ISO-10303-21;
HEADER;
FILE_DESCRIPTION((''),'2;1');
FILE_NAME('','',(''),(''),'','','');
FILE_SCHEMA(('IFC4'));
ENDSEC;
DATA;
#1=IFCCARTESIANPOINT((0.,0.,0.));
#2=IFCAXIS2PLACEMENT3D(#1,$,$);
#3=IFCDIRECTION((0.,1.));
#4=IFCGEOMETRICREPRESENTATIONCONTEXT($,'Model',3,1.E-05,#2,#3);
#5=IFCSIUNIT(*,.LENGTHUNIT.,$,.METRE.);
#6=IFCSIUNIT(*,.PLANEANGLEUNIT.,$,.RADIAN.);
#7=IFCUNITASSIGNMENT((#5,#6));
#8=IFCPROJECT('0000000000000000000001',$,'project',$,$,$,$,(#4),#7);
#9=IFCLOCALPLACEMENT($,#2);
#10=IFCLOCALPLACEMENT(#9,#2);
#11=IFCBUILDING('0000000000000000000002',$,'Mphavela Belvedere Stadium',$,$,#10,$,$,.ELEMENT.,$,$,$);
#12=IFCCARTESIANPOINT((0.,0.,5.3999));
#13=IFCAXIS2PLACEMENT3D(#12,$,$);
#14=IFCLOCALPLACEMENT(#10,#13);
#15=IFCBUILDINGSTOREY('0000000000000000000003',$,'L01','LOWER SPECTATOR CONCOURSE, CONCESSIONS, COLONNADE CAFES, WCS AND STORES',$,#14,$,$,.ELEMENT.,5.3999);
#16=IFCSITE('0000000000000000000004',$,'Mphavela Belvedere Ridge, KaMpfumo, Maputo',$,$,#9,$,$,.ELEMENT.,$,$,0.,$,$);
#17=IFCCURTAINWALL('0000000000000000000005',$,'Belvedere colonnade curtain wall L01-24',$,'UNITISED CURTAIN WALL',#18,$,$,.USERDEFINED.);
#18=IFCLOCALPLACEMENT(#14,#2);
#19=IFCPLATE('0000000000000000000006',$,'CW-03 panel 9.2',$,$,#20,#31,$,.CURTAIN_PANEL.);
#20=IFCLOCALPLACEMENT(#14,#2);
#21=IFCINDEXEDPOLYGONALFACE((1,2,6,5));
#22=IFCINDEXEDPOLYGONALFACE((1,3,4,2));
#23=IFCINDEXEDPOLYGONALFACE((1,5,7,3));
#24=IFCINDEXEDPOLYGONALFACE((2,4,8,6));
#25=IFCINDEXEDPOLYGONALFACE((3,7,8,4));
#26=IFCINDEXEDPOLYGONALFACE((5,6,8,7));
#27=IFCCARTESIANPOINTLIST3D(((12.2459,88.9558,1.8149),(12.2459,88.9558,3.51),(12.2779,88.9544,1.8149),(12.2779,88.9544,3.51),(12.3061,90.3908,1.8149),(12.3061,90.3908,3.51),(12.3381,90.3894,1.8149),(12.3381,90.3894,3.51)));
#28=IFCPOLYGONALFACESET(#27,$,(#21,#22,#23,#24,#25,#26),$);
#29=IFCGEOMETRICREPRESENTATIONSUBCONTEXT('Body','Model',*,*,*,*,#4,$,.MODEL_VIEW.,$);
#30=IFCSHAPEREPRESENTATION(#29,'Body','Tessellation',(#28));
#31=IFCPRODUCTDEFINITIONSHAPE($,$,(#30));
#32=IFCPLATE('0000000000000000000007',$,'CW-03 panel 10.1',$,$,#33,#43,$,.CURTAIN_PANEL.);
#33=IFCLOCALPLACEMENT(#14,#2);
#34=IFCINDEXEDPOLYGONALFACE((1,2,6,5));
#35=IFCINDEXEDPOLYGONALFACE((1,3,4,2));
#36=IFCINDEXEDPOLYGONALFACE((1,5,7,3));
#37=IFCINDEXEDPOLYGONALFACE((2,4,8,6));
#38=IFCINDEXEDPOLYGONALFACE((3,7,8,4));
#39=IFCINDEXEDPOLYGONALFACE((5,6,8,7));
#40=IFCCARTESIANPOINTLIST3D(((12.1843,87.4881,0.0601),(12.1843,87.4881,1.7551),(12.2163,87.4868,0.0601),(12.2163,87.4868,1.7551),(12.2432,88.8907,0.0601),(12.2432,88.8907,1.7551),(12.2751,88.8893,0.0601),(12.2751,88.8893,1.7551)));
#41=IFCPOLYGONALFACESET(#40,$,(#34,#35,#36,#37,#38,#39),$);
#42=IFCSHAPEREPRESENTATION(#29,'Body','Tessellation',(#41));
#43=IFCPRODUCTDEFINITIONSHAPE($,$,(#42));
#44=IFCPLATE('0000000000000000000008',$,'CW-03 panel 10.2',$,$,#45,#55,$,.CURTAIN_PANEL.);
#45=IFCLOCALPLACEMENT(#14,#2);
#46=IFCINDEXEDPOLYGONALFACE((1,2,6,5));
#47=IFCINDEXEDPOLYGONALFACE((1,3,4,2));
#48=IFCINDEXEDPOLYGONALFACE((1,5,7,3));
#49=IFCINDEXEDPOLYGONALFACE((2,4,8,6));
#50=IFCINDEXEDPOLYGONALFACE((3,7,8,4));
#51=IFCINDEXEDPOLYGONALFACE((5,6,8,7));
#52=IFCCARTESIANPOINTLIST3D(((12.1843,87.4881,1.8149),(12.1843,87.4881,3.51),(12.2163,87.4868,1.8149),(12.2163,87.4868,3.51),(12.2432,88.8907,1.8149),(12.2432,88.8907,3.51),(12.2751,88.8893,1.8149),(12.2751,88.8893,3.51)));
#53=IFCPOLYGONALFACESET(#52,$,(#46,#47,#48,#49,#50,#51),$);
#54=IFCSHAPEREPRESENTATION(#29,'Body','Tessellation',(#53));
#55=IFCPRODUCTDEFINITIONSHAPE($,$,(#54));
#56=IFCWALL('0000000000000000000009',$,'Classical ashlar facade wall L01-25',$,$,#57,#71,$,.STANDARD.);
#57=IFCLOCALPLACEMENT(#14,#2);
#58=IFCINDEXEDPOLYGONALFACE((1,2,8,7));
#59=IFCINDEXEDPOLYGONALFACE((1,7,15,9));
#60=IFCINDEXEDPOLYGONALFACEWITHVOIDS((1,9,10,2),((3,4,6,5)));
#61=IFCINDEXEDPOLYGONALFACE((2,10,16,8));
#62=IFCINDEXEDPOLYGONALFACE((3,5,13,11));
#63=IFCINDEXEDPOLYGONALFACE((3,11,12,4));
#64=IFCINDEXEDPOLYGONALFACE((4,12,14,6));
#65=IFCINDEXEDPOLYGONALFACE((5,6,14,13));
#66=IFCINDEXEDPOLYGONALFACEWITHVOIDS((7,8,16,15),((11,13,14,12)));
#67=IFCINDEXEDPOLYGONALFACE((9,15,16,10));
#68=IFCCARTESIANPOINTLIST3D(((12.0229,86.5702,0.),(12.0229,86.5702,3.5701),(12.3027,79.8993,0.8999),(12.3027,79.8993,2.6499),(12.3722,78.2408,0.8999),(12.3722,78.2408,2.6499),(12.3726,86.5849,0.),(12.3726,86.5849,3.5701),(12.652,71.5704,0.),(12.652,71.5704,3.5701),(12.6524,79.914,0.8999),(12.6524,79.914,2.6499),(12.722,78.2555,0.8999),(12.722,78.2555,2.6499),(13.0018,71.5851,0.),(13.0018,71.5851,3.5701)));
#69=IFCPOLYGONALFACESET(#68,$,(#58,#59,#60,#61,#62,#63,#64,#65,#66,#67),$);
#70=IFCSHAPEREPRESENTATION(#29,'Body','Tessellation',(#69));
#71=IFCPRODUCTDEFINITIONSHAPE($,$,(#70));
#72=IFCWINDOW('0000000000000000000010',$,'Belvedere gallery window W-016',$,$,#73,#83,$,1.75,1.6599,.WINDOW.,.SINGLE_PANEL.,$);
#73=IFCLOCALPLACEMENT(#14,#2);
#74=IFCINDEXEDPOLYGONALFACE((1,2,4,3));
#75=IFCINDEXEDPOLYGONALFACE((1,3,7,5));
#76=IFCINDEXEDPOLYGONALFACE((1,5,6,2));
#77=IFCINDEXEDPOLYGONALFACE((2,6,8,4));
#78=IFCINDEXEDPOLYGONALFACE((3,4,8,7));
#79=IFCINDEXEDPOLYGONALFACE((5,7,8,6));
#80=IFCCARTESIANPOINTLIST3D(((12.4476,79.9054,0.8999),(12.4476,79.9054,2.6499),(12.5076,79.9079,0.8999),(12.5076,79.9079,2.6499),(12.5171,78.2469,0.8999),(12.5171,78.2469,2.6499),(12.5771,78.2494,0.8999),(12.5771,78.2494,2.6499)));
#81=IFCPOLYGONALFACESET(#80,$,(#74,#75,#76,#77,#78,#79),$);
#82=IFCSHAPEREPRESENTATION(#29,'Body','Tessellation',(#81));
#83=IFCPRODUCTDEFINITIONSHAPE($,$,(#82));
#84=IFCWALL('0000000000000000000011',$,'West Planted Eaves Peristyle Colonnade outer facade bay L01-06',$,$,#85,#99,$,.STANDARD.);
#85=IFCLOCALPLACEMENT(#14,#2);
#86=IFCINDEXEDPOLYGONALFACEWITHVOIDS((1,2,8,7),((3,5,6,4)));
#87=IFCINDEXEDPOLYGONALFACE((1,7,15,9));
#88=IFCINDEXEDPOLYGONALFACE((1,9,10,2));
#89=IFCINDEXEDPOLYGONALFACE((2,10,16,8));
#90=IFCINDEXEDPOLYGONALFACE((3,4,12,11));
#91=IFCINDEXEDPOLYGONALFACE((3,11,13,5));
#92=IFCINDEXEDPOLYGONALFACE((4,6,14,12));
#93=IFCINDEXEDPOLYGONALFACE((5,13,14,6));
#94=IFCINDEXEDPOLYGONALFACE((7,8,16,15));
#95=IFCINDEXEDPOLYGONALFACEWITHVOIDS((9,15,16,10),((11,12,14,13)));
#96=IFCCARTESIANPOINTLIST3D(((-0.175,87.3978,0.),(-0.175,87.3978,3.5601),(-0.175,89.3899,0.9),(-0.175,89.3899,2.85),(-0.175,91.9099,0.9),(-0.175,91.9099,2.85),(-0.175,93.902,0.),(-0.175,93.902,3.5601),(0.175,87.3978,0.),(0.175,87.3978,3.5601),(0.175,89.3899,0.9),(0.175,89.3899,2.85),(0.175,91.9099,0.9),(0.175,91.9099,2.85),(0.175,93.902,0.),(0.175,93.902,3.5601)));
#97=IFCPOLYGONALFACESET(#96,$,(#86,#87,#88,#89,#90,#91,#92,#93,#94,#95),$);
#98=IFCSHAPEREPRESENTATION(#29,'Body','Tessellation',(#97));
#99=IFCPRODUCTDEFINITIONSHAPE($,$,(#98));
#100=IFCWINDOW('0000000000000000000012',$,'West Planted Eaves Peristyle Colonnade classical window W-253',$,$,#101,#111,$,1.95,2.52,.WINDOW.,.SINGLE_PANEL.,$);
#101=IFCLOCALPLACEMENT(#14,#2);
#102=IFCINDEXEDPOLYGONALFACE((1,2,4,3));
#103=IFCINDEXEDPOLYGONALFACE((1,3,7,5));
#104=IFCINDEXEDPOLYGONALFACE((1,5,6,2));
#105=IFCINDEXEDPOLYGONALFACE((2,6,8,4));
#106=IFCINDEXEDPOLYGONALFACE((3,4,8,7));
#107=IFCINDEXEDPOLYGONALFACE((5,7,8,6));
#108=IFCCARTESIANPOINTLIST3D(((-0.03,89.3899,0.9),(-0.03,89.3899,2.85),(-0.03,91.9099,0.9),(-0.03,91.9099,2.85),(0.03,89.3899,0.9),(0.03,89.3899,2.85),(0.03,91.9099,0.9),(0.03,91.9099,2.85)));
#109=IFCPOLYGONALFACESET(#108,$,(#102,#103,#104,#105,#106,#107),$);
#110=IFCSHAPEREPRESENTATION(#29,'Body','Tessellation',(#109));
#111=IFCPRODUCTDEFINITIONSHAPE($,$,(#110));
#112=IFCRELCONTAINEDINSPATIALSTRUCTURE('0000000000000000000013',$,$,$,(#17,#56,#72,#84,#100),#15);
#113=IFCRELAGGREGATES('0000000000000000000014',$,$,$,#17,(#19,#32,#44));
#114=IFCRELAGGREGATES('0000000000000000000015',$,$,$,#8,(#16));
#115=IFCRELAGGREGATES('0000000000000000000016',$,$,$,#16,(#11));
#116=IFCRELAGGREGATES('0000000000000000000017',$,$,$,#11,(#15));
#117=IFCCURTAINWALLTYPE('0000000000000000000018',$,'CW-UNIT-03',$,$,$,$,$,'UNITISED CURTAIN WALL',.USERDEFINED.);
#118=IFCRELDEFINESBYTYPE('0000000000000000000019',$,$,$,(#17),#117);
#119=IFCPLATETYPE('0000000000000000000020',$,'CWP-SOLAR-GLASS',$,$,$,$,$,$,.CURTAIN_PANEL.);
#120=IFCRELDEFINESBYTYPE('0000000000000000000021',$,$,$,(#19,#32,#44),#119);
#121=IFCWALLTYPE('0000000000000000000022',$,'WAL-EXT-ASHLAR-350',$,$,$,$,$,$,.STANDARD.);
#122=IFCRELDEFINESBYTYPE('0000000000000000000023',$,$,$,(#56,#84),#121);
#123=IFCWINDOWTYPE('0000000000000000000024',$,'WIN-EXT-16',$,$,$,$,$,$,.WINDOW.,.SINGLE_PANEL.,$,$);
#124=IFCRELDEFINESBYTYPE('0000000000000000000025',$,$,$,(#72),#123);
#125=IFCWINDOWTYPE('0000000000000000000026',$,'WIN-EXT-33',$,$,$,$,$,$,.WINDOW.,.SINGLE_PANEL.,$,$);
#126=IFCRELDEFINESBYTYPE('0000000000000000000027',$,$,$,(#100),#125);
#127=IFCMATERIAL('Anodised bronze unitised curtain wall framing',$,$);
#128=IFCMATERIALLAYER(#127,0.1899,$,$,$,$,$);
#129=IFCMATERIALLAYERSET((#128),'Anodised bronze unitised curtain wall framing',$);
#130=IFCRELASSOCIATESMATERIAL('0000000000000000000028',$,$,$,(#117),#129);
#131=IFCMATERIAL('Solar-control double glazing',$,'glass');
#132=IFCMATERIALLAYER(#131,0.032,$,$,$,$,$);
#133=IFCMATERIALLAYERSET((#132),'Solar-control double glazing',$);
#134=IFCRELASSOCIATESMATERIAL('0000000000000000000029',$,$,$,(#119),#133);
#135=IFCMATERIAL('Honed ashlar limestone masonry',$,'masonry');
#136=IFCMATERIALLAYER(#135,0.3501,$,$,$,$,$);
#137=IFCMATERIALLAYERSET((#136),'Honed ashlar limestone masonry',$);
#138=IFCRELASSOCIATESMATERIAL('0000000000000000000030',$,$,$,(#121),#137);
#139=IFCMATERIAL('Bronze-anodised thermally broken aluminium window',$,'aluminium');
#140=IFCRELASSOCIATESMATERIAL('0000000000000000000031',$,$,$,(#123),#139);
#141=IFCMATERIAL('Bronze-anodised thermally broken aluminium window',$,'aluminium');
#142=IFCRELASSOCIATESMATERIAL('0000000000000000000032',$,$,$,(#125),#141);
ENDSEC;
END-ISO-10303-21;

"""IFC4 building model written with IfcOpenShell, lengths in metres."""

from ifc_helpers import new_model, si_unit, direction, frame, frame_2d, origin, origin_2d, place, context, subcontext, project, spatial, rectangle, extrude, material, layer, layer_set, type_object, element, fill, aggregate, save


model = new_model("IFC4")

# Units and contexts
model_context = context("Model", 3, precision=1e-05, world=origin(), true_north=direction((0.0, 1.0)))
body_context = subcontext(model_context, "Body", "Model", "MODEL_VIEW")
ifc_project = project(units=[si_unit("LENGTHUNIT", "METRE"), si_unit("PLANEANGLEUNIT", "RADIAN")], contexts=[model_context])

# Site, building, storey
site_placement = place(None, origin())
site = spatial("IfcSite", under=ifc_project, at=site_placement, Name="Mphavela Belvedere Ridge, KaMpfumo, Maputo", CompositionType="ELEMENT", RefElevation=0.0)
building_placement = place(site_placement, origin())
building = spatial("IfcBuilding", under=site, at=building_placement, Name="Mphavela Belvedere Stadium", CompositionType="ELEMENT")
storey_placement = place(building_placement, frame((0.0, 0.0, 5.3999)))
storey = spatial("IfcBuildingStorey", under=building, at=storey_placement, Name="L01", Description="LOWER SPECTATOR CONCOURSE, CONCESSIONS, COLONNADE CAFES, WCS AND STORES", CompositionType="ELEMENT", Elevation=5.3999)

# Curtain wall, plates
ifc_material_1 = material(Name="Anodised bronze unitised curtain wall framing")
ifc_layer_1 = layer(ifc_material_1, 0.1899)
ifc_layer_set_1 = layer_set([ifc_layer_1], Name="Anodised bronze unitised curtain wall framing")
curtain_wall_type = type_object("IfcCurtainWallType", Name="CW-UNIT-03", ElementType="UNITISED CURTAIN WALL", PredefinedType="USERDEFINED", material=ifc_layer_set_1)
curtain_wall_placement = place(storey_placement, origin())
curtain_wall = element("IfcCurtainWall", 1, at=curtain_wall_placement, inside=storey, type_object=curtain_wall_type, Name="Belvedere colonnade curtain wall L01-24", ObjectType="UNITISED CURTAIN WALL", PredefinedType="USERDEFINED")
ifc_material_2 = material(Name="Solar-control double glazing", Category="glass")
ifc_layer_2 = layer(ifc_material_2, 0.032)
ifc_layer_set_2 = layer_set([ifc_layer_2], Name="Solar-control double glazing")
plate_type = type_object("IfcPlateType", Name="CWP-SOLAR-GLASS", PredefinedType="CURTAIN_PANEL", material=ifc_layer_set_2)
plate_1_placement = place(storey_placement, frame((12.292, 89.6726, 1.8149), z_axis=(0.0, 0.0, 1.0), x_axis=(-0.04191, -0.999121, 0.0)))
plate_1 = element("IfcPlate", 2, at=plate_1_placement, type_object=plate_type, Name="CW-03 panel 9.2", PredefinedType="CURTAIN_PANEL", context=body_context, shape_type="SweptSolid", body=[
    extrude(rectangle(XDim=1.4363, YDim=0.032, at=origin_2d()), origin(), (0.0, 0.0, 1.0), 1.6951),
])
plate_2_placement = place(storey_placement, frame((12.2297, 88.1887, 0.0601), z_axis=(0.0, 0.0, 1.0), x_axis=(-0.04191, -0.999121, 0.0)))
plate_2 = element("IfcPlate", 3, at=plate_2_placement, type_object=plate_type, Name="CW-03 panel 10.1", PredefinedType="CURTAIN_PANEL", context=body_context, shape_type="SweptSolid", body=[
    extrude(rectangle(XDim=1.4038, YDim=0.032, at=origin_2d()), origin(), (0.0, 0.0, 1.0), 1.6951),
])
plate_3_placement = place(storey_placement, frame((12.2297, 88.1887, 1.8149), z_axis=(0.0, 0.0, 1.0), x_axis=(-0.04191, -0.999121, 0.0)))
plate_3 = element("IfcPlate", 4, at=plate_3_placement, type_object=plate_type, Name="CW-03 panel 10.2", PredefinedType="CURTAIN_PANEL", context=body_context, shape_type="SweptSolid", body=[
    extrude(rectangle(XDim=1.4038, YDim=0.032, at=origin_2d()), origin(), (0.0, 0.0, 1.0), 1.6951),
])
aggregate(curtain_wall, [plate_1, plate_2, plate_3])

# Walls, openings, windows
ifc_material_3 = material(Name="Honed ashlar limestone masonry", Category="masonry")
ifc_layer_3 = layer(ifc_material_3, 0.3501)
ifc_layer_set_3 = layer_set([ifc_layer_3], Name="Honed ashlar limestone masonry")
wall_type = type_object("IfcWallType", Name="WAL-EXT-ASHLAR-350", PredefinedType="STANDARD", material=ifc_layer_set_3)
wall_1_placement = place(storey_placement, frame((12.1978, 86.5774, 0.0), z_axis=(0.0, 0.0, 1.0), x_axis=(0.041907, -0.999122, 0.0)))
wall_1 = element("IfcWall", 5, at=wall_1_placement, inside=storey, type_object=wall_type, Name="Classical ashlar facade wall L01-25", PredefinedType="STANDARD", context=body_context, shape_type="SweptSolid", body=[
    extrude(rectangle(XDim=15.0129, YDim=0.3501, at=frame_2d((7.5063, 0.0))), origin(), (0.0, 0.0, 1.0), 3.5701),
])
opening_1_placement = place(wall_1_placement, frame((6.6765, 0.0, 0.8999)))
opening_1 = element("IfcOpeningElement", 6, at=opening_1_placement, cuts=wall_1, PredefinedType="OPENING", context=body_context, shape_type="SweptSolid", body=[
    extrude(rectangle(XDim=1.6599, YDim=1.75, at=frame_2d((0.8301, 0.875))), frame((0.0, 0.1851, 0.0), z_axis=(0.0, -1.0, 0.0), x_axis=(1.0, 0.0, 0.0)), (0.0, 0.0, 1.0), 0.3701),
])
ifc_material_4 = material(Name="Bronze-anodised thermally broken aluminium window", Category="aluminium")
window_type_1 = type_object("IfcWindowType", Name="WIN-EXT-16", PartitioningType="SINGLE_PANEL", PredefinedType="WINDOW", material=ifc_material_4)
window_1_placement = place(opening_1_placement, origin())
window_1 = element("IfcWindow", 7, at=window_1_placement, inside=storey, type_object=window_type_1, Name="Belvedere gallery window W-016", OverallHeight=1.75, OverallWidth=1.6599, PartitioningType="SINGLE_PANEL", PredefinedType="WINDOW", context=body_context, shape_type="SweptSolid", body=[
    extrude(rectangle(XDim=1.6599, YDim=1.75, at=frame_2d((0.8301, 0.875))), frame((0.0, 0.03, 0.0), z_axis=(0.0, -1.0, 0.0), x_axis=(1.0, 0.0, 0.0)), (0.0, 0.0, 1.0), 0.0601),
])
fill(opening_1, window_1)
wall_2_placement = place(storey_placement, frame((0.0, 87.3979, 0.0), z_axis=(0.0, 0.0, 1.0), x_axis=(0.0, 1.0, 0.0)))
wall_2 = element("IfcWall", 8, at=wall_2_placement, inside=storey, type_object=wall_type, Name="West Planted Eaves Peristyle Colonnade outer facade bay L01-06", PredefinedType="STANDARD", context=body_context, shape_type="SweptSolid", body=[
    extrude(rectangle(XDim=6.5042, YDim=0.3501, at=frame_2d((3.252, 0.0))), origin(), (0.0, 0.0, 1.0), 3.5601),
])
opening_2_placement = place(wall_2_placement, frame((1.9919, 0.0, 0.8999)))
opening_2 = element("IfcOpeningElement", 9, at=opening_2_placement, cuts=wall_2, PredefinedType="OPENING", context=body_context, shape_type="SweptSolid", body=[
    extrude(rectangle(XDim=2.52, YDim=1.95, at=frame_2d((1.26, 0.9751))), frame((0.0, 0.1851, 0.0), z_axis=(0.0, -1.0, 0.0), x_axis=(1.0, 0.0, 0.0)), (0.0, 0.0, 1.0), 0.3701),
])
ifc_material_5 = material(Name="Bronze-anodised thermally broken aluminium window", Category="aluminium")
window_type_2 = type_object("IfcWindowType", Name="WIN-EXT-33", PartitioningType="SINGLE_PANEL", PredefinedType="WINDOW", material=ifc_material_5)
window_2_placement = place(opening_2_placement, origin())
window_2 = element("IfcWindow", 10, at=window_2_placement, inside=storey, type_object=window_type_2, Name="West Planted Eaves Peristyle Colonnade classical window W-253", OverallHeight=1.95, OverallWidth=2.52, PartitioningType="SINGLE_PANEL", PredefinedType="WINDOW", context=body_context, shape_type="SweptSolid", body=[
    extrude(rectangle(XDim=2.52, YDim=1.95, at=frame_2d((1.26, 0.9751))), frame((0.0, 0.03, 0.0), z_axis=(0.0, -1.0, 0.0), x_axis=(1.0, 0.0, 0.0)), (0.0, 0.0, 1.0), 0.0601),
])
fill(opening_2, window_2)

save(model, "model.ifc")
